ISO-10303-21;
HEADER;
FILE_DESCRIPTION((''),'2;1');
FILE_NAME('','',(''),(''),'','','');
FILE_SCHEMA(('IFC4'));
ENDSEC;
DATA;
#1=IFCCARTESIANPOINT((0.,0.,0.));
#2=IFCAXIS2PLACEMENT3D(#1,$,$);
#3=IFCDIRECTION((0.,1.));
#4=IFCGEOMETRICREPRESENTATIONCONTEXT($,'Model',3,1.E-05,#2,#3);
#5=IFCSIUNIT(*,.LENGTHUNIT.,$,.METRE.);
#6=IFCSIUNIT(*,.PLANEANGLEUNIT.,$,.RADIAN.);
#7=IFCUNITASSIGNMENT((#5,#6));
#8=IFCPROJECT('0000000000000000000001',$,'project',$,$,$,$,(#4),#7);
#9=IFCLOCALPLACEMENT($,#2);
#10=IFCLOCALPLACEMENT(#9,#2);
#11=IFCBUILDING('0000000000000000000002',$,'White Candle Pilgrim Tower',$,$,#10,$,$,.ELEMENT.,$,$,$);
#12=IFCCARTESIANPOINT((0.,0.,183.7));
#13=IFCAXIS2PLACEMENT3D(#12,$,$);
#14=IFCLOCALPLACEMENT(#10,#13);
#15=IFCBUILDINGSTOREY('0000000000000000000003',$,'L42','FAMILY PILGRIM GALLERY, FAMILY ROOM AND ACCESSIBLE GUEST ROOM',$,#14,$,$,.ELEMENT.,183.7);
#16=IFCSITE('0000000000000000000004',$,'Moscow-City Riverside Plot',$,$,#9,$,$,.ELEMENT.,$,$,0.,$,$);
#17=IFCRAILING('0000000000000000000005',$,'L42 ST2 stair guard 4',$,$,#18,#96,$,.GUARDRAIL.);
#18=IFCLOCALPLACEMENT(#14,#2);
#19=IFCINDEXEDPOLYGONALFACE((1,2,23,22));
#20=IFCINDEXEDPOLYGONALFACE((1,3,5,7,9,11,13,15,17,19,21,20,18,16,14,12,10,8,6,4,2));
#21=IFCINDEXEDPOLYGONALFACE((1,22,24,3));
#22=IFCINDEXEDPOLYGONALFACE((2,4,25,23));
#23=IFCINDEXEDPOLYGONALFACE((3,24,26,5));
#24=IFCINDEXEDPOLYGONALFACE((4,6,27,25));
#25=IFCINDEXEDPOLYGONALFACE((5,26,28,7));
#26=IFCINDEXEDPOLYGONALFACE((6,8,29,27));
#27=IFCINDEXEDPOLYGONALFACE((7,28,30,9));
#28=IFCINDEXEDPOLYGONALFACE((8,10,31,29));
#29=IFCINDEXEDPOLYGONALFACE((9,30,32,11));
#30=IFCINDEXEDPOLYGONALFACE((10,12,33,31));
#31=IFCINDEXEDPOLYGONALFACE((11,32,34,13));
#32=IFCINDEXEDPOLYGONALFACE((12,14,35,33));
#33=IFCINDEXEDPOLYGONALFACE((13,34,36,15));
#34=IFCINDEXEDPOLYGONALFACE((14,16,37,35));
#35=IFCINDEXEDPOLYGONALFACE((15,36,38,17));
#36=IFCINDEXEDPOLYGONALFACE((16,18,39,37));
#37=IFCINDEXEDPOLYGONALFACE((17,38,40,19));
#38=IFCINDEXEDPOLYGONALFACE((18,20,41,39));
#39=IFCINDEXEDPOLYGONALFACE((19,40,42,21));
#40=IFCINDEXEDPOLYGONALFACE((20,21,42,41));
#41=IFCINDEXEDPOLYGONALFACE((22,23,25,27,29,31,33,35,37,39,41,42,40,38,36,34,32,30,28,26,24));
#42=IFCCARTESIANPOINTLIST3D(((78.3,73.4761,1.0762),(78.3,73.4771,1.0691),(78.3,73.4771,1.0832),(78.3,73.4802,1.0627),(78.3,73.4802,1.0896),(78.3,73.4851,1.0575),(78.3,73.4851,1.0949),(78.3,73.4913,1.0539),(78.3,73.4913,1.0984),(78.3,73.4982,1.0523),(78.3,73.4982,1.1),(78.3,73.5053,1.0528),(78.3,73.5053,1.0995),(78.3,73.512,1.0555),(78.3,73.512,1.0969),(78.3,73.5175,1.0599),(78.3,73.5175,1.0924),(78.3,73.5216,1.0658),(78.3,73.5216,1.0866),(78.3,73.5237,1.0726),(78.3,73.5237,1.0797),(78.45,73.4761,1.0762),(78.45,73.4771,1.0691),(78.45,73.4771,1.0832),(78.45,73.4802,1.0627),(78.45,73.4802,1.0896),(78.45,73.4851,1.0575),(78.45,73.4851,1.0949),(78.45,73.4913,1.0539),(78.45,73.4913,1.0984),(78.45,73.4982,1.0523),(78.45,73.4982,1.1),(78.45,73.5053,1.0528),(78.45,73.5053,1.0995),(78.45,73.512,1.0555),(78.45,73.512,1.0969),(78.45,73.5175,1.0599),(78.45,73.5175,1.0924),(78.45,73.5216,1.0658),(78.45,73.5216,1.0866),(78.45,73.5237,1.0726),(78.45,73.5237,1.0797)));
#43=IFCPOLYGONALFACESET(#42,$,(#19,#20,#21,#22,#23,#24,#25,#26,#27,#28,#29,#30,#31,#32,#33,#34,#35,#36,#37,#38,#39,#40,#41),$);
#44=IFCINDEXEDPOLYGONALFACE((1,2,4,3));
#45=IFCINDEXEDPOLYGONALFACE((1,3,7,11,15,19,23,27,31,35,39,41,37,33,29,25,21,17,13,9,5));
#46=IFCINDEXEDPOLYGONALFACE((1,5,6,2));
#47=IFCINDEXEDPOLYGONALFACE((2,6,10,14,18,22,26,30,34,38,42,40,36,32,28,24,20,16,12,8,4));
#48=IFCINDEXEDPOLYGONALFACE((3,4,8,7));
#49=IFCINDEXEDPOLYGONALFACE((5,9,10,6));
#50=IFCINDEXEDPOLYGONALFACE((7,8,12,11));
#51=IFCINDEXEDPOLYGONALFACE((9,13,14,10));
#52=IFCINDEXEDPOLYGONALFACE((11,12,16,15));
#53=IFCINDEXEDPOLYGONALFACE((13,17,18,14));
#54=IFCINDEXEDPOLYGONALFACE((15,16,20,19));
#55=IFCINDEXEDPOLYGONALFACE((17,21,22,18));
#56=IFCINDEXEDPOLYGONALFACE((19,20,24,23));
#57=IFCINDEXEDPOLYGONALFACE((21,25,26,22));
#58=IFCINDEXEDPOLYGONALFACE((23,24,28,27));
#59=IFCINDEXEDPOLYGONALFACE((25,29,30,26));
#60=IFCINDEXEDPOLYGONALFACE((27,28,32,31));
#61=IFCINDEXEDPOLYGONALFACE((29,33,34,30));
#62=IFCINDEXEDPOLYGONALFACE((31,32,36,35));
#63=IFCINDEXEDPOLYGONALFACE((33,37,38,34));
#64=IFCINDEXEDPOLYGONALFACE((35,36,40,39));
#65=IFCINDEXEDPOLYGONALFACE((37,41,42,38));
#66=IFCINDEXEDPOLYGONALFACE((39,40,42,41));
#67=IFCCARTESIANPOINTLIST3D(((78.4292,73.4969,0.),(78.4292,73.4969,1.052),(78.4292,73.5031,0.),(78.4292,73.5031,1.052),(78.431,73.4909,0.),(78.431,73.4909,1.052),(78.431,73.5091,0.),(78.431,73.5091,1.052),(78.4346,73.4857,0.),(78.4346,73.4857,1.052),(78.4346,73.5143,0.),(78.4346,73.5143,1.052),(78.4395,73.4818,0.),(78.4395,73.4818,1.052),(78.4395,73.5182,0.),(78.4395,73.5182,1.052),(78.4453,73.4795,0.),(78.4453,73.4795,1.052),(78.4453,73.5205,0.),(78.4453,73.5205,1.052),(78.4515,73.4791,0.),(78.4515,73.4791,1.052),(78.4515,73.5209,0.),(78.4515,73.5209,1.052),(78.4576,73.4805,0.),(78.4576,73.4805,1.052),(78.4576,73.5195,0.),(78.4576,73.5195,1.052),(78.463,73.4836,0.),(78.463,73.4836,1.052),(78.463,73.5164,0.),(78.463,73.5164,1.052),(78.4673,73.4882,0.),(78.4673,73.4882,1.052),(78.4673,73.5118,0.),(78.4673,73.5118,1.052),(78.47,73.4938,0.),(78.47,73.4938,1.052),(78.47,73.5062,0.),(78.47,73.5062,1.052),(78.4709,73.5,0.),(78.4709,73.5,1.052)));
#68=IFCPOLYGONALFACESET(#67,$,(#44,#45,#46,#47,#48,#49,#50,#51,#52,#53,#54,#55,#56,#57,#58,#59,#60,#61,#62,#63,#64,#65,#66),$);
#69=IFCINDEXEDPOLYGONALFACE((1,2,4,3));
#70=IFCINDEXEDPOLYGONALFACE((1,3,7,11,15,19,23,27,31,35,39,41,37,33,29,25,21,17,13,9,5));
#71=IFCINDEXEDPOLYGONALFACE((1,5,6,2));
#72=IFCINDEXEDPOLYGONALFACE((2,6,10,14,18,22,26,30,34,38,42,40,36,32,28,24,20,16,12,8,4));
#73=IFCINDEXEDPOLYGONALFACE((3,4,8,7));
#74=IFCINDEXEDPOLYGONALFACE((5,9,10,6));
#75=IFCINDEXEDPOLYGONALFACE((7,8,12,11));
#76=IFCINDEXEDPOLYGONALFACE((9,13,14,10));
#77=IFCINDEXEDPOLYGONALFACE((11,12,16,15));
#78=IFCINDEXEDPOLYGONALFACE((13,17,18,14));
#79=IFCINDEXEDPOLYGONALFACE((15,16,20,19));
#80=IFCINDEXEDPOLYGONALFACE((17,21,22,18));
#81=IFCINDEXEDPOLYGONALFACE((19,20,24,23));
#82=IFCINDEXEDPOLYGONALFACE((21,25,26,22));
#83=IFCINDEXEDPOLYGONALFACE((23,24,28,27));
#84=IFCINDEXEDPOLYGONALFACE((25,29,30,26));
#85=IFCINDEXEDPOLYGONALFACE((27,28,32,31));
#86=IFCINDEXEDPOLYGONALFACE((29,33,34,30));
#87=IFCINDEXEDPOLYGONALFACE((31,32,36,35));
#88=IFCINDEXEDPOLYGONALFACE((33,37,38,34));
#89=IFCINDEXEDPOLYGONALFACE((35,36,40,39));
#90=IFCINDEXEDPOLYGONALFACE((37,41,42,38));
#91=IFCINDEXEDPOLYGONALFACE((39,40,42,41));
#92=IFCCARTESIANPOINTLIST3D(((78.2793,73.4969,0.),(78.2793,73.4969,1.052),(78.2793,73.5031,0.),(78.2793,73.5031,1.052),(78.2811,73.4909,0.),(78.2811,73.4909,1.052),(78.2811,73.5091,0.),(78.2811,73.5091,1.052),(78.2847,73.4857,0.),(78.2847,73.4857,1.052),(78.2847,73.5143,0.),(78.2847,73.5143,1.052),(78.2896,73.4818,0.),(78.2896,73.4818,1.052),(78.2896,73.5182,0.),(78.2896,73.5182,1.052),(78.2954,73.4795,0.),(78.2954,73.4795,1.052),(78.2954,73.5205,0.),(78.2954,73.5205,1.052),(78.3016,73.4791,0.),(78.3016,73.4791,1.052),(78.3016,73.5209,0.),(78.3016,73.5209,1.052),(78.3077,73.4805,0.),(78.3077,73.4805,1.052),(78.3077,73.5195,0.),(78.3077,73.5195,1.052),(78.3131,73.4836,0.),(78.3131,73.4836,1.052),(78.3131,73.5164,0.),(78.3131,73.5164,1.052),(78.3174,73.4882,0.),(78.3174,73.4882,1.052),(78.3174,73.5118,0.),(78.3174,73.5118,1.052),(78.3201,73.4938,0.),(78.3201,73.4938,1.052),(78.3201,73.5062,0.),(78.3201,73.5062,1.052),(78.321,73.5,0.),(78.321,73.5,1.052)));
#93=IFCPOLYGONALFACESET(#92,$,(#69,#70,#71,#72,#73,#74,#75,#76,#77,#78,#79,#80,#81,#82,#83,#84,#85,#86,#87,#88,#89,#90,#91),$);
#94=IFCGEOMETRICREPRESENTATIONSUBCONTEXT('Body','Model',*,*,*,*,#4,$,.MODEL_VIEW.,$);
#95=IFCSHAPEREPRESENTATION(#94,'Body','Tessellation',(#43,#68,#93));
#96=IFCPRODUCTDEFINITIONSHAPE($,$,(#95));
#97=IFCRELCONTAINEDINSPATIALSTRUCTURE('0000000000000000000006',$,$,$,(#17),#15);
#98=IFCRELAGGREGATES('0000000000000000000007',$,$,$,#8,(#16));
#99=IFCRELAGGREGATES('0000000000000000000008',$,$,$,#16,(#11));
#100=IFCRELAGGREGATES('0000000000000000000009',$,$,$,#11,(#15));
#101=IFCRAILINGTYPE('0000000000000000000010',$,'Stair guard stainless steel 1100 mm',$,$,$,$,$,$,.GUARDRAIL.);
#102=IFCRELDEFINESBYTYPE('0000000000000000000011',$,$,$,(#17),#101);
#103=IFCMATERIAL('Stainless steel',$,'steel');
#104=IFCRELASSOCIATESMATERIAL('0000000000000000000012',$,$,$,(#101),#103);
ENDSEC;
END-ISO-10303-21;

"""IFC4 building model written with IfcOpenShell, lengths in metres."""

from ifc_helpers import new_model, si_unit, direction, frame, origin, origin_2d, place, context, subcontext, project, spatial, circle, extrude, material, type_object, element, save


model = new_model("IFC4")

# Units and contexts
model_context = context("Model", 3, precision=1e-05, world=origin(), true_north=direction((0.0, 1.0)))
body_context = subcontext(model_context, "Body", "Model", "MODEL_VIEW")
ifc_project = project(units=[si_unit("LENGTHUNIT", "METRE"), si_unit("PLANEANGLEUNIT", "RADIAN")], contexts=[model_context])

# Site, building, storey
site_placement = place(None, origin())
site = spatial("IfcSite", under=ifc_project, at=site_placement, Name="Moscow-City Riverside Plot", CompositionType="ELEMENT", RefElevation=0.0)
building_placement = place(site_placement, origin())
building = spatial("IfcBuilding", under=site, at=building_placement, Name="White Candle Pilgrim Tower", CompositionType="ELEMENT")
storey_placement = place(building_placement, frame((0.0, 0.0, 183.7)))
storey = spatial("IfcBuildingStorey", under=building, at=storey_placement, Name="L42", Description="FAMILY PILGRIM GALLERY, FAMILY ROOM AND ACCESSIBLE GUEST ROOM", CompositionType="ELEMENT", Elevation=183.7)

# Railing
ifc_material_1 = material(Name="Stainless steel", Category="steel")
railing_type_1 = type_object("IfcRailingType", Name="Stair guard stainless steel 1100 mm", PredefinedType="GUARDRAIL", material=ifc_material_1)
railing_1_placement = place(storey_placement, frame((78.45, 73.5, 0.0)))
element("IfcRailing", 1, at=railing_1_placement, inside=storey, type_object=railing_type_1, Name="L42 ST2 stair guard 4", PredefinedType="GUARDRAIL", context=body_context, shape_type="SweptSolid", body=[
    extrude(circle(Radius=0.0239, at=origin_2d()), frame((0.0, 0.0, 1.0762), z_axis=(-1.0, 0.0, 0.0), x_axis=(0.0, -1.0, 0.0)), (0.0, 0.0, 1.0), 0.1499),
    extrude(circle(Radius=0.021, at=origin_2d()), origin(), (0.0, 0.0, 1.0), 1.052),
    extrude(circle(Radius=0.021, at=origin_2d()), frame((-0.1499, 0.0, 0.0)), (0.0, 0.0, 1.0), 1.052),
])

save(model, "model.ifc")
